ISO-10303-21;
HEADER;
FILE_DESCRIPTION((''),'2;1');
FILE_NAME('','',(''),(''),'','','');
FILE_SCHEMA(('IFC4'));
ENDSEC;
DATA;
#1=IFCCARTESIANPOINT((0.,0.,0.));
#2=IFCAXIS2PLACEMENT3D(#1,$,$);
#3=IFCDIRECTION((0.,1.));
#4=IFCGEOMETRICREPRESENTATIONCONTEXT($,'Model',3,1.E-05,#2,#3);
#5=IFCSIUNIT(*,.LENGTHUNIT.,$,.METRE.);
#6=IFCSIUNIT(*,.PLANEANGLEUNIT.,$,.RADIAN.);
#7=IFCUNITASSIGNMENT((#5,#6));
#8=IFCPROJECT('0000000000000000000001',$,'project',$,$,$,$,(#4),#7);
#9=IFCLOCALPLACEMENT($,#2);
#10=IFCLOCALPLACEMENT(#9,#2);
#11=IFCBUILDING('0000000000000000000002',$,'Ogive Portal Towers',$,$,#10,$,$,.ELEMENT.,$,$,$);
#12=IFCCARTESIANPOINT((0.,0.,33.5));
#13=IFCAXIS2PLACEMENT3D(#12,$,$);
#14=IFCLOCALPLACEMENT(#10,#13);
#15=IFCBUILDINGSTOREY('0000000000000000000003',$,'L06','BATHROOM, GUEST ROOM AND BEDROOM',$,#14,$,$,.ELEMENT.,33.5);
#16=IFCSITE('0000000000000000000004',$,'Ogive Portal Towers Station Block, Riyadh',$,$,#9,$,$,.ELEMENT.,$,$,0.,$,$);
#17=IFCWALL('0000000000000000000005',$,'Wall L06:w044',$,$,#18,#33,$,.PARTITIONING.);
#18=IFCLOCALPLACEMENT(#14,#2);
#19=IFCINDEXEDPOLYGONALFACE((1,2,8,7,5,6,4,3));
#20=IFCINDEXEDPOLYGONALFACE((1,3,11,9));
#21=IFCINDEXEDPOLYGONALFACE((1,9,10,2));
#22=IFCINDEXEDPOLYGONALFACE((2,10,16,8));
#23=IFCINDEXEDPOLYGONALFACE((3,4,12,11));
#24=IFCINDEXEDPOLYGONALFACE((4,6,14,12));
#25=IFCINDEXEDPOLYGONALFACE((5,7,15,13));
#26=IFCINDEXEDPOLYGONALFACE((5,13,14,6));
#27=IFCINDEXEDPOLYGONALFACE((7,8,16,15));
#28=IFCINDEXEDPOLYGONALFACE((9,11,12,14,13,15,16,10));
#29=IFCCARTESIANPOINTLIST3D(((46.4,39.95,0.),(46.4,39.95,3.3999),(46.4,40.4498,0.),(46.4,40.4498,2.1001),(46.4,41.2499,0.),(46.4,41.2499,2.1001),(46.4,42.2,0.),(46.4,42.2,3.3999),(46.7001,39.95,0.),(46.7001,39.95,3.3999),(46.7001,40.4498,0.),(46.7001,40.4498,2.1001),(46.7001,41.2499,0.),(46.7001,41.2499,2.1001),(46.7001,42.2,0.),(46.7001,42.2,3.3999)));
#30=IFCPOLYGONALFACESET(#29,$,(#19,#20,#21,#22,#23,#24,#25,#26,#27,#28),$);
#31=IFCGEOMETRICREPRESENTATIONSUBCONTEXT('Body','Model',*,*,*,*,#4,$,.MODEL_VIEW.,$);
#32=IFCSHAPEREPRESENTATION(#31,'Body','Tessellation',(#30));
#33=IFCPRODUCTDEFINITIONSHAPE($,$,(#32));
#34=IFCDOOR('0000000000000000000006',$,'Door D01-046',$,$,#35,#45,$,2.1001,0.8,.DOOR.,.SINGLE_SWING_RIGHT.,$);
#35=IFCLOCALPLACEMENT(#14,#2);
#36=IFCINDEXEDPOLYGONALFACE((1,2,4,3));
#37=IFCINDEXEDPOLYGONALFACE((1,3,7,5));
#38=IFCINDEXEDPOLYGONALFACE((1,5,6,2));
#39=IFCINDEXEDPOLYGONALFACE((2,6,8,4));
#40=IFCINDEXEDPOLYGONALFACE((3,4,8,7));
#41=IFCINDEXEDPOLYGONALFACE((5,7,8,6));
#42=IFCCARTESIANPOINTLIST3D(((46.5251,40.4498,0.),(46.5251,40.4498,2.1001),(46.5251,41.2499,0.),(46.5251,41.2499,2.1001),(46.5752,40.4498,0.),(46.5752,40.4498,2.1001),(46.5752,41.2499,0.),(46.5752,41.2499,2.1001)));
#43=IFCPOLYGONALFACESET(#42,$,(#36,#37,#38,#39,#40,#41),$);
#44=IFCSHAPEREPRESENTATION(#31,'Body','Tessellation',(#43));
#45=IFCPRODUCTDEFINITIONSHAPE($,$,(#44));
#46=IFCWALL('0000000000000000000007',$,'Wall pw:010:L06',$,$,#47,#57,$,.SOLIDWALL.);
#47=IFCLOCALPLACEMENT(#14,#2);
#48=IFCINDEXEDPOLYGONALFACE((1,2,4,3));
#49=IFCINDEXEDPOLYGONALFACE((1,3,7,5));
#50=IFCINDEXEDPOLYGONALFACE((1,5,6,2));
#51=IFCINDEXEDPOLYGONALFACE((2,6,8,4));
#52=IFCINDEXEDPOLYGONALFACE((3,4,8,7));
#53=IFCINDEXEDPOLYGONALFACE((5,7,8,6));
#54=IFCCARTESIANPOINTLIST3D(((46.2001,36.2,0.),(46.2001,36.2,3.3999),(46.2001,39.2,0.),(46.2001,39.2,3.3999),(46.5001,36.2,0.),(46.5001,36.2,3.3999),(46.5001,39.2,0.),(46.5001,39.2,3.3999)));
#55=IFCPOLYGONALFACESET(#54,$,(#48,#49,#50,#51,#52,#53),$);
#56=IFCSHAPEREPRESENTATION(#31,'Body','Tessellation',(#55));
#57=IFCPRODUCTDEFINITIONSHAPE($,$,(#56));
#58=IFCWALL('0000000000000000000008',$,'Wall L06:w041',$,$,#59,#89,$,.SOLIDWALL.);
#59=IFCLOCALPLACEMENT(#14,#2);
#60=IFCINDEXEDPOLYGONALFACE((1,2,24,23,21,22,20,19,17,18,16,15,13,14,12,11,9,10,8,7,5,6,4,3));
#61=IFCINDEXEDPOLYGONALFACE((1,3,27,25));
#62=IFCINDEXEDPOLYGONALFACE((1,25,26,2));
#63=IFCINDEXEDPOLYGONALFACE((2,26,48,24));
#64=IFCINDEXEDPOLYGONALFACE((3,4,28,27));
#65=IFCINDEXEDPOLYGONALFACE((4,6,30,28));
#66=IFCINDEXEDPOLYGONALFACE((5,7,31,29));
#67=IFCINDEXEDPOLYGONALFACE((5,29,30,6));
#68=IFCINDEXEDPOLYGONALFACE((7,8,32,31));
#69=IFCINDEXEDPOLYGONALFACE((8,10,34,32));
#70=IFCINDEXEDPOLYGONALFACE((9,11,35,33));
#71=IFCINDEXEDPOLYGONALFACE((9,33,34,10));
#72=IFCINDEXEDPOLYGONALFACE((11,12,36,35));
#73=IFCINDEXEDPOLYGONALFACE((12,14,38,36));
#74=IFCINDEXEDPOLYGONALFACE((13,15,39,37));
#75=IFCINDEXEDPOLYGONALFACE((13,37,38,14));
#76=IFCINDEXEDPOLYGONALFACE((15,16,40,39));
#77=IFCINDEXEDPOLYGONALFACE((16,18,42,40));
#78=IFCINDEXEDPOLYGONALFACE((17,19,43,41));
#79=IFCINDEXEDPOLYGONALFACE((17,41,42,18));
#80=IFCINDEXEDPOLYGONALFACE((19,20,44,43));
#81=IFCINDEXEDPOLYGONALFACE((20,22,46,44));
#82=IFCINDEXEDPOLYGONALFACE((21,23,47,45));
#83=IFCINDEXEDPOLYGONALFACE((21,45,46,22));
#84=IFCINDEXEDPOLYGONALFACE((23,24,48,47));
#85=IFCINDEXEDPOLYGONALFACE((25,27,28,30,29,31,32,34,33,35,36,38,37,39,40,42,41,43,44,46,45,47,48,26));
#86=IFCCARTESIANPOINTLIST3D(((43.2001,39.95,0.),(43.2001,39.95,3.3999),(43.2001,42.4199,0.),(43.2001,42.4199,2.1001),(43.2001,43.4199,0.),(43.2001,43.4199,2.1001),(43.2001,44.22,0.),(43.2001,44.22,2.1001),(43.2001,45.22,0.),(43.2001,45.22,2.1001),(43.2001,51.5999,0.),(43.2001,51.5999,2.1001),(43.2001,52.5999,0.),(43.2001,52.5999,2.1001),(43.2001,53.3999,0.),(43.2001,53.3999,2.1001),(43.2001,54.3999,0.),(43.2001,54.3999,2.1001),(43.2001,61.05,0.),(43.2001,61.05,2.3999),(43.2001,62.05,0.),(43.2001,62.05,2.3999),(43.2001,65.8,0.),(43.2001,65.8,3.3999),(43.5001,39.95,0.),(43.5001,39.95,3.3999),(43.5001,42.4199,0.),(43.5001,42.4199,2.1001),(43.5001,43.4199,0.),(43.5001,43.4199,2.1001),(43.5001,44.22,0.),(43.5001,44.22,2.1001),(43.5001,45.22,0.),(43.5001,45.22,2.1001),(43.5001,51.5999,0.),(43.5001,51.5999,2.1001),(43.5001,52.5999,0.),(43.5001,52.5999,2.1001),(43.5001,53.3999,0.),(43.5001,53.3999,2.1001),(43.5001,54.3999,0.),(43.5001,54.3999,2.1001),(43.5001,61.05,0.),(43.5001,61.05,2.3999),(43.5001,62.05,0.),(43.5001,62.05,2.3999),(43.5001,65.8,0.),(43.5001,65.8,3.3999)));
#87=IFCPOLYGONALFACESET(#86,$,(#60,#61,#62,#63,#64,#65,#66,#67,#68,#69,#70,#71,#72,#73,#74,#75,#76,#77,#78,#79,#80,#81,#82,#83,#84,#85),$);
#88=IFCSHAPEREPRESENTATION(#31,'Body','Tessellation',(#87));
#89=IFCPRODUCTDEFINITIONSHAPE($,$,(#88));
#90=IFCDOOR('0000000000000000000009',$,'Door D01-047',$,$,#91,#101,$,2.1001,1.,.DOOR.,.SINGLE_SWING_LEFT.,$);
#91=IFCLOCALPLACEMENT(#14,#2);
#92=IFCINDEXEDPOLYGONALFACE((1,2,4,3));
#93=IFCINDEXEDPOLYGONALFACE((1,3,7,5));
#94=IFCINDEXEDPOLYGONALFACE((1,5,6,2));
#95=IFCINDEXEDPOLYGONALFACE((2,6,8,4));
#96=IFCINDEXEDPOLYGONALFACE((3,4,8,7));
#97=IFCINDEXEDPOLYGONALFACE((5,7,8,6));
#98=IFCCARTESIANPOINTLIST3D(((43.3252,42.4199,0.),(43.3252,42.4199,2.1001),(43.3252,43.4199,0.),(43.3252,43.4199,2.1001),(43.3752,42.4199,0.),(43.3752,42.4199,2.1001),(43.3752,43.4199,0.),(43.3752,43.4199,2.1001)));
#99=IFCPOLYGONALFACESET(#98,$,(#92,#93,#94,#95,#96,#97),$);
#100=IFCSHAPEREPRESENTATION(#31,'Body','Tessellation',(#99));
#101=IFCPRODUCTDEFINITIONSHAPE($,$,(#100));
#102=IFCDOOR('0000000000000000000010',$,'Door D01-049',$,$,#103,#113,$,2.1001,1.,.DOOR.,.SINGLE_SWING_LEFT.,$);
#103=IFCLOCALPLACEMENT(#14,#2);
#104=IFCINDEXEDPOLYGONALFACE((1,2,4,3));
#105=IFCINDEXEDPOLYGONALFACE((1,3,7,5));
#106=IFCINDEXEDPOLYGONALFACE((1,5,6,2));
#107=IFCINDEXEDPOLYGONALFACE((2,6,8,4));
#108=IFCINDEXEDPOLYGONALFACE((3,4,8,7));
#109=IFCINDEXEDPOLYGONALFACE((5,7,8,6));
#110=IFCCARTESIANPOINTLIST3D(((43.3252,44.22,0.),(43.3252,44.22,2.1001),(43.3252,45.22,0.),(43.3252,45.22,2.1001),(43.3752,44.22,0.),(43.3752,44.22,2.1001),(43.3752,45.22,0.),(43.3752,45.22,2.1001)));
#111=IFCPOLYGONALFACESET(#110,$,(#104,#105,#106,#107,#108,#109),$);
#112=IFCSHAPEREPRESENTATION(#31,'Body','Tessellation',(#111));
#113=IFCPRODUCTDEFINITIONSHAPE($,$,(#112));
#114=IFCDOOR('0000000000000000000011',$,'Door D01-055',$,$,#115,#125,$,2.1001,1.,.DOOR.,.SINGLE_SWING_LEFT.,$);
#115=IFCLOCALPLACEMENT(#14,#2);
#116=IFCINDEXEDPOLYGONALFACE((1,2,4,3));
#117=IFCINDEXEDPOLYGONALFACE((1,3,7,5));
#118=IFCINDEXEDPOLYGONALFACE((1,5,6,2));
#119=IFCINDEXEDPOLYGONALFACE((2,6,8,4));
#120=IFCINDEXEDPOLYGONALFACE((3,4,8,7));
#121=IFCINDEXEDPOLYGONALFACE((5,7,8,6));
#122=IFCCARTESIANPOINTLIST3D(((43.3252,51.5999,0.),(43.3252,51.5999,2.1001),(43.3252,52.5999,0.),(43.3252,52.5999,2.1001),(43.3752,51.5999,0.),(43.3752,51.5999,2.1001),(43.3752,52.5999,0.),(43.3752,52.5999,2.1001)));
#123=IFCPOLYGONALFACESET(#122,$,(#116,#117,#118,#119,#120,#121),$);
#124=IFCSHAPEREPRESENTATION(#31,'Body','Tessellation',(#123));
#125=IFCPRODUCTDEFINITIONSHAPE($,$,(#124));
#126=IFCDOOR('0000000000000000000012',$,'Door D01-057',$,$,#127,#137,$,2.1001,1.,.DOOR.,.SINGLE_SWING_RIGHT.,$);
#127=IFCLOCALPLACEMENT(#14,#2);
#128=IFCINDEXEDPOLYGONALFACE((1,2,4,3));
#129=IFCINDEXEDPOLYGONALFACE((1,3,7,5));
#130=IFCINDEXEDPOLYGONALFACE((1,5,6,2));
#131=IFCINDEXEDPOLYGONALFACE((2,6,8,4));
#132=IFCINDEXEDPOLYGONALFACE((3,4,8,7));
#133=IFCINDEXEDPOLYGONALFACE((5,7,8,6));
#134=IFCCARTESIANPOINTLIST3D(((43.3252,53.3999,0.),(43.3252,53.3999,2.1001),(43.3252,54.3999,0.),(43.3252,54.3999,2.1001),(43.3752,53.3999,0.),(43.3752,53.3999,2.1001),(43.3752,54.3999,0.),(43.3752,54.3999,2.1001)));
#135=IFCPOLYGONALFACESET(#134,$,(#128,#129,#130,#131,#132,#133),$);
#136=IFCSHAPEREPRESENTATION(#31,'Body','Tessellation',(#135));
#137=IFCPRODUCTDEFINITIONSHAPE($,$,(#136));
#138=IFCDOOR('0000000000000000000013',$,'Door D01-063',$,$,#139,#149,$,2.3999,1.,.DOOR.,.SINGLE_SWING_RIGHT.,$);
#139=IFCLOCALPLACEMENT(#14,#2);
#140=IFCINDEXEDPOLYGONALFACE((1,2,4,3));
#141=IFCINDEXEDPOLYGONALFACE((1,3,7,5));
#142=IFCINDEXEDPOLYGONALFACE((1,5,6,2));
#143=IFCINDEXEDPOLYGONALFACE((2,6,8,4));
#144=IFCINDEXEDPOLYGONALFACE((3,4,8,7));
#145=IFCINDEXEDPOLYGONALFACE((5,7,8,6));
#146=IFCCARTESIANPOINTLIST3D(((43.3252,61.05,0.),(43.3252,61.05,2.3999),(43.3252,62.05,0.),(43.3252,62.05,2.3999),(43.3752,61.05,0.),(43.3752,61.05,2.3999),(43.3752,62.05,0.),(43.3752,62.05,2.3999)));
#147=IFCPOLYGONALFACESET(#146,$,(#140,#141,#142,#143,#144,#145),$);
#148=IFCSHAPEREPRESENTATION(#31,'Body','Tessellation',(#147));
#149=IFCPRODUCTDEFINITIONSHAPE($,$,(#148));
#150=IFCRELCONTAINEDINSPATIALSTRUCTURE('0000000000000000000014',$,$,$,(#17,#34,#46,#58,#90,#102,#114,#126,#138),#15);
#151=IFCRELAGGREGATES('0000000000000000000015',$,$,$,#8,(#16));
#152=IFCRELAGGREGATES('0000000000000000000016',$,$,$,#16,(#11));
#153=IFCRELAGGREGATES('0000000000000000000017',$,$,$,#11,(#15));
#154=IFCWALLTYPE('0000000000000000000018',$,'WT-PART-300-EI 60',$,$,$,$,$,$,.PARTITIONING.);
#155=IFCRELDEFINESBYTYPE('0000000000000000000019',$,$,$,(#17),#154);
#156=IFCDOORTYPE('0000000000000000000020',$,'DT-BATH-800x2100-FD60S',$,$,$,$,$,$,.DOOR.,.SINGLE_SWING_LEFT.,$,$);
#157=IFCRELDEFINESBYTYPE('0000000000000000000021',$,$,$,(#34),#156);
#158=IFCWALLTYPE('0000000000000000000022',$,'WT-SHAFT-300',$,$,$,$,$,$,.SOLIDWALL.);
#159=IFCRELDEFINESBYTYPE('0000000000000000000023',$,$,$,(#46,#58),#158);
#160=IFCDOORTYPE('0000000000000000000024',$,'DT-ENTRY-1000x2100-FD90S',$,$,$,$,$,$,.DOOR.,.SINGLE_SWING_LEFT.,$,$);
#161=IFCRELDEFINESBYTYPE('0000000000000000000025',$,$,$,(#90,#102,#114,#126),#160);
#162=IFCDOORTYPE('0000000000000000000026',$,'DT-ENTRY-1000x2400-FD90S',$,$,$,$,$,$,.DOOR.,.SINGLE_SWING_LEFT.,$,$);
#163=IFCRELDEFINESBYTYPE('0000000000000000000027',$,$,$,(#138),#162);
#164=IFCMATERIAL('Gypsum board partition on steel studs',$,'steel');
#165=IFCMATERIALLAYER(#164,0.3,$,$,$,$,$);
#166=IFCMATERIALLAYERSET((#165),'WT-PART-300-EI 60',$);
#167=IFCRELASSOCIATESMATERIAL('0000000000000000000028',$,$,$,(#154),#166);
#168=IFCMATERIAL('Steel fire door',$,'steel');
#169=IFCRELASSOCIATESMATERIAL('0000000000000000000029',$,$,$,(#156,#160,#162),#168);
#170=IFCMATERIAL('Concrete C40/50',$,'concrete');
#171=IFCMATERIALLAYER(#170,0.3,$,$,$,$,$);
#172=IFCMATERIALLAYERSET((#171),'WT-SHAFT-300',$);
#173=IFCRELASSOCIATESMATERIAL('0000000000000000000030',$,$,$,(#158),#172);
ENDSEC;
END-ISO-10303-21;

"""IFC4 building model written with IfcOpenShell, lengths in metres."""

from ifc_helpers import new_model, si_unit, direction, frame, frame_2d, origin, place, context, subcontext, project, spatial, rectangle, extrude, material, layer, layer_set, type_object, element, fill, save


model = new_model("IFC4")

# Units and contexts
model_context = context("Model", 3, precision=1e-05, world=origin(), true_north=direction((0.0, 1.0)))
body_context = subcontext(model_context, "Body", "Model", "MODEL_VIEW")
ifc_project = project(units=[si_unit("LENGTHUNIT", "METRE"), si_unit("PLANEANGLEUNIT", "RADIAN")], contexts=[model_context])

# Site, building, storey
site_placement = place(None, origin())
site = spatial("IfcSite", under=ifc_project, at=site_placement, Name="Ogive Portal Towers Station Block, Riyadh", CompositionType="ELEMENT", RefElevation=0.0)
building_placement = place(site_placement, origin())
building = spatial("IfcBuilding", under=site, at=building_placement, Name="Ogive Portal Towers", CompositionType="ELEMENT")
storey_placement = place(building_placement, frame((0.0, 0.0, 33.5)))
storey = spatial("IfcBuildingStorey", under=building, at=storey_placement, Name="L06", Description="BATHROOM, GUEST ROOM AND BEDROOM", CompositionType="ELEMENT", Elevation=33.5)

# Shared definitions
ifc_material_1 = material(Name="Steel fire door", Category="steel")

# Shared definitions
ifc_material_2 = material(Name="Gypsum board partition on steel studs", Category="steel")
ifc_layer_1 = layer(ifc_material_2, 0.3)
ifc_layer_set_1 = layer_set([ifc_layer_1], Name="WT-PART-300-EI 60")
wall_type_1 = type_object("IfcWallType", Name="WT-PART-300-EI 60", PredefinedType="PARTITIONING", material=ifc_layer_set_1)

# Wall, opening, door
wall_1_placement = place(storey_placement, frame((46.55, 39.95, 0.0), z_axis=(0.0, 0.0, 1.0), x_axis=(0.0, 1.0, 0.0)))
wall_1 = element("IfcWall", 1, at=wall_1_placement, inside=storey, type_object=wall_type_1, Name="Wall L06:w044", PredefinedType="PARTITIONING", context=body_context, shape_type="SweptSolid", body=[
    extrude(rectangle(XDim=2.25, YDim=0.3, at=frame_2d((1.125, 0.0))), origin(), (0.0, 0.0, 1.0), 3.3999),
])
opening_1_placement = place(wall_1_placement, frame((0.5, 0.0, 0.0)))
opening_1 = element("IfcOpeningElement", 2, at=opening_1_placement, cuts=wall_1, PredefinedType="OPENING", context=body_context, shape_type="SweptSolid", body=[
    extrude(rectangle(XDim=0.8, YDim=2.1001, at=frame_2d((0.3999, 1.05))), frame((0.0, 0.1602, 0.0), z_axis=(0.0, -1.0, 0.0), x_axis=(1.0, 0.0, 0.0)), (0.0, 0.0, 1.0), 0.3201),
])
door_type_1 = type_object("IfcDoorType", Name="DT-BATH-800x2100-FD60S", OperationType="SINGLE_SWING_LEFT", PredefinedType="DOOR", material=ifc_material_1)
door_1_placement = place(opening_1_placement, origin())
door_1 = element("IfcDoor", 3, at=door_1_placement, inside=storey, type_object=door_type_1, Name="Door D01-046", OperationType="SINGLE_SWING_RIGHT", OverallHeight=2.1001, OverallWidth=0.8, PredefinedType="DOOR", context=body_context, shape_type="SweptSolid", body=[
    extrude(rectangle(XDim=0.8, YDim=2.1001, at=frame_2d((0.3999, 1.05))), frame((0.0, 0.0249, 0.0), z_axis=(0.0, -1.0, 0.0), x_axis=(1.0, 0.0, 0.0)), (0.0, 0.0, 1.0), 0.05),
])
fill(opening_1, door_1)

# Wall
ifc_material_3 = material(Name="Concrete C40/50", Category="concrete")
ifc_layer_2 = layer(ifc_material_3, 0.3)
ifc_layer_set_2 = layer_set([ifc_layer_2], Name="WT-SHAFT-300")
wall_type_2 = type_object("IfcWallType", Name="WT-SHAFT-300", PredefinedType="SOLIDWALL", material=ifc_layer_set_2)
wall_2_placement = place(storey_placement, frame((46.3501, 36.2, 0.0), z_axis=(0.0, 0.0, 1.0), x_axis=(0.0, 1.0, 0.0)))
element("IfcWall", 4, at=wall_2_placement, inside=storey, type_object=wall_type_2, Name="Wall pw:010:L06", PredefinedType="SOLIDWALL", context=body_context, shape_type="SweptSolid", body=[
    extrude(rectangle(XDim=3.0, YDim=0.3, at=frame_2d((1.5, 0.0))), origin(), (0.0, 0.0, 1.0), 3.3999),
])

# Wall, openings, doors
wall_3_placement = place(storey_placement, frame((43.3501, 39.95, 0.0), z_axis=(0.0, 0.0, 1.0), x_axis=(0.0, 1.0, 0.0)))
wall_3 = element("IfcWall", 5, at=wall_3_placement, inside=storey, type_object=wall_type_2, Name="Wall L06:w041", PredefinedType="SOLIDWALL", context=body_context, shape_type="SweptSolid", body=[
    extrude(rectangle(XDim=25.8501, YDim=0.3, at=frame_2d((12.925, 0.0))), origin(), (0.0, 0.0, 1.0), 3.3999),
])
opening_2_placement = place(wall_3_placement, frame((2.47, 0.0, 0.0)))
opening_2 = element("IfcOpeningElement", 6, at=opening_2_placement, cuts=wall_3, PredefinedType="OPENING", context=body_context, shape_type="SweptSolid", body=[
    extrude(rectangle(XDim=1.0, YDim=2.1001, at=frame_2d((0.5, 1.05))), frame((0.0, 0.1602, 0.0), z_axis=(0.0, -1.0, 0.0), x_axis=(1.0, 0.0, 0.0)), (0.0, 0.0, 1.0), 0.3201),
])
opening_3_placement = place(wall_3_placement, frame((4.27, 0.0, 0.0)))
opening_3 = element("IfcOpeningElement", 7, at=opening_3_placement, cuts=wall_3, PredefinedType="OPENING", context=body_context, shape_type="SweptSolid", body=[
    extrude(rectangle(XDim=1.0, YDim=2.1001, at=frame_2d((0.5, 1.05))), frame((0.0, 0.1602, 0.0), z_axis=(0.0, -1.0, 0.0), x_axis=(1.0, 0.0, 0.0)), (0.0, 0.0, 1.0), 0.3201),
])
opening_4_placement = place(wall_3_placement, frame((11.6499, 0.0, 0.0)))
opening_4 = element("IfcOpeningElement", 8, at=opening_4_placement, cuts=wall_3, PredefinedType="OPENING", context=body_context, shape_type="SweptSolid", body=[
    extrude(rectangle(XDim=1.0, YDim=2.1001, at=frame_2d((0.5, 1.05))), frame((0.0, 0.1602, 0.0), z_axis=(0.0, -1.0, 0.0), x_axis=(1.0, 0.0, 0.0)), (0.0, 0.0, 1.0), 0.3201),
])
opening_5_placement = place(wall_3_placement, frame((13.45, 0.0, 0.0)))
opening_5 = element("IfcOpeningElement", 9, at=opening_5_placement, cuts=wall_3, PredefinedType="OPENING", context=body_context, shape_type="SweptSolid", body=[
    extrude(rectangle(XDim=1.0, YDim=2.1001, at=frame_2d((0.5, 1.05))), frame((0.0, 0.1602, 0.0), z_axis=(0.0, -1.0, 0.0), x_axis=(1.0, 0.0, 0.0)), (0.0, 0.0, 1.0), 0.3201),
])
opening_6_placement = place(wall_3_placement, frame((21.1001, 0.0, 0.0)))
opening_6 = element("IfcOpeningElement", 10, at=opening_6_placement, cuts=wall_3, PredefinedType="OPENING", context=body_context, shape_type="SweptSolid", body=[
    extrude(rectangle(XDim=1.0, YDim=2.3999, at=frame_2d((0.5, 1.2))), frame((0.0, 0.1602, 0.0), z_axis=(0.0, -1.0, 0.0), x_axis=(1.0, 0.0, 0.0)), (0.0, 0.0, 1.0), 0.3201),
])
door_type_2 = type_object("IfcDoorType", Name="DT-ENTRY-1000x2100-FD90S", OperationType="SINGLE_SWING_LEFT", PredefinedType="DOOR", material=ifc_material_1)
door_2_placement = place(opening_2_placement, origin())
door_2 = element("IfcDoor", 11, at=door_2_placement, inside=storey, type_object=door_type_2, Name="Door D01-047", OperationType="SINGLE_SWING_LEFT", OverallHeight=2.1001, OverallWidth=1.0, PredefinedType="DOOR", context=body_context, shape_type="SweptSolid", body=[
    extrude(rectangle(XDim=1.0, YDim=2.1001, at=frame_2d((0.5, 1.05))), frame((0.0, 0.0249, 0.0), z_axis=(0.0, -1.0, 0.0), x_axis=(1.0, 0.0, 0.0)), (0.0, 0.0, 1.0), 0.05),
])
fill(opening_2, door_2)
door_3_placement = place(opening_3_placement, origin())
door_3 = element("IfcDoor", 12, at=door_3_placement, inside=storey, type_object=door_type_2, Name="Door D01-049", OperationType="SINGLE_SWING_LEFT", OverallHeight=2.1001, OverallWidth=1.0, PredefinedType="DOOR", context=body_context, shape_type="SweptSolid", body=[
    extrude(rectangle(XDim=1.0, YDim=2.1001, at=frame_2d((0.5, 1.05))), frame((0.0, 0.0249, 0.0), z_axis=(0.0, -1.0, 0.0), x_axis=(1.0, 0.0, 0.0)), (0.0, 0.0, 1.0), 0.05),
])
fill(opening_3, door_3)
door_4_placement = place(opening_4_placement, origin())
door_4 = element("IfcDoor", 13, at=door_4_placement, inside=storey, type_object=door_type_2, Name="Door D01-055", OperationType="SINGLE_SWING_LEFT", OverallHeight=2.1001, OverallWidth=1.0, PredefinedType="DOOR", context=body_context, shape_type="SweptSolid", body=[
    extrude(rectangle(XDim=1.0, YDim=2.1001, at=frame_2d((0.5, 1.05))), frame((0.0, 0.0249, 0.0), z_axis=(0.0, -1.0, 0.0), x_axis=(1.0, 0.0, 0.0)), (0.0, 0.0, 1.0), 0.05),
])
fill(opening_4, door_4)
door_5_placement = place(opening_5_placement, origin())
door_5 = element("IfcDoor", 14, at=door_5_placement, inside=storey, type_object=door_type_2, Name="Door D01-057", OperationType="SINGLE_SWING_RIGHT", OverallHeight=2.1001, OverallWidth=1.0, PredefinedType="DOOR", context=body_context, shape_type="SweptSolid", body=[
    extrude(rectangle(XDim=1.0, YDim=2.1001, at=frame_2d((0.5, 1.05))), frame((0.0, 0.0249, 0.0), z_axis=(0.0, -1.0, 0.0), x_axis=(1.0, 0.0, 0.0)), (0.0, 0.0, 1.0), 0.05),
])
fill(opening_5, door_5)
door_type_3 = type_object("IfcDoorType", Name="DT-ENTRY-1000x2400-FD90S", OperationType="SINGLE_SWING_LEFT", PredefinedType="DOOR", material=ifc_material_1)
door_6_placement = place(opening_6_placement, origin())
door_6 = element("IfcDoor", 15, at=door_6_placement, inside=storey, type_object=door_type_3, Name="Door D01-063", OperationType="SINGLE_SWING_RIGHT", OverallHeight=2.3999, OverallWidth=1.0, PredefinedType="DOOR", context=body_context, shape_type="SweptSolid", body=[
    extrude(rectangle(XDim=1.0, YDim=2.3999, at=frame_2d((0.5, 1.2))), frame((0.0, 0.0249, 0.0), z_axis=(0.0, -1.0, 0.0), x_axis=(1.0, 0.0, 0.0)), (0.0, 0.0, 1.0), 0.05),
])
fill(opening_6, door_6)

save(model, "model.ifc")
